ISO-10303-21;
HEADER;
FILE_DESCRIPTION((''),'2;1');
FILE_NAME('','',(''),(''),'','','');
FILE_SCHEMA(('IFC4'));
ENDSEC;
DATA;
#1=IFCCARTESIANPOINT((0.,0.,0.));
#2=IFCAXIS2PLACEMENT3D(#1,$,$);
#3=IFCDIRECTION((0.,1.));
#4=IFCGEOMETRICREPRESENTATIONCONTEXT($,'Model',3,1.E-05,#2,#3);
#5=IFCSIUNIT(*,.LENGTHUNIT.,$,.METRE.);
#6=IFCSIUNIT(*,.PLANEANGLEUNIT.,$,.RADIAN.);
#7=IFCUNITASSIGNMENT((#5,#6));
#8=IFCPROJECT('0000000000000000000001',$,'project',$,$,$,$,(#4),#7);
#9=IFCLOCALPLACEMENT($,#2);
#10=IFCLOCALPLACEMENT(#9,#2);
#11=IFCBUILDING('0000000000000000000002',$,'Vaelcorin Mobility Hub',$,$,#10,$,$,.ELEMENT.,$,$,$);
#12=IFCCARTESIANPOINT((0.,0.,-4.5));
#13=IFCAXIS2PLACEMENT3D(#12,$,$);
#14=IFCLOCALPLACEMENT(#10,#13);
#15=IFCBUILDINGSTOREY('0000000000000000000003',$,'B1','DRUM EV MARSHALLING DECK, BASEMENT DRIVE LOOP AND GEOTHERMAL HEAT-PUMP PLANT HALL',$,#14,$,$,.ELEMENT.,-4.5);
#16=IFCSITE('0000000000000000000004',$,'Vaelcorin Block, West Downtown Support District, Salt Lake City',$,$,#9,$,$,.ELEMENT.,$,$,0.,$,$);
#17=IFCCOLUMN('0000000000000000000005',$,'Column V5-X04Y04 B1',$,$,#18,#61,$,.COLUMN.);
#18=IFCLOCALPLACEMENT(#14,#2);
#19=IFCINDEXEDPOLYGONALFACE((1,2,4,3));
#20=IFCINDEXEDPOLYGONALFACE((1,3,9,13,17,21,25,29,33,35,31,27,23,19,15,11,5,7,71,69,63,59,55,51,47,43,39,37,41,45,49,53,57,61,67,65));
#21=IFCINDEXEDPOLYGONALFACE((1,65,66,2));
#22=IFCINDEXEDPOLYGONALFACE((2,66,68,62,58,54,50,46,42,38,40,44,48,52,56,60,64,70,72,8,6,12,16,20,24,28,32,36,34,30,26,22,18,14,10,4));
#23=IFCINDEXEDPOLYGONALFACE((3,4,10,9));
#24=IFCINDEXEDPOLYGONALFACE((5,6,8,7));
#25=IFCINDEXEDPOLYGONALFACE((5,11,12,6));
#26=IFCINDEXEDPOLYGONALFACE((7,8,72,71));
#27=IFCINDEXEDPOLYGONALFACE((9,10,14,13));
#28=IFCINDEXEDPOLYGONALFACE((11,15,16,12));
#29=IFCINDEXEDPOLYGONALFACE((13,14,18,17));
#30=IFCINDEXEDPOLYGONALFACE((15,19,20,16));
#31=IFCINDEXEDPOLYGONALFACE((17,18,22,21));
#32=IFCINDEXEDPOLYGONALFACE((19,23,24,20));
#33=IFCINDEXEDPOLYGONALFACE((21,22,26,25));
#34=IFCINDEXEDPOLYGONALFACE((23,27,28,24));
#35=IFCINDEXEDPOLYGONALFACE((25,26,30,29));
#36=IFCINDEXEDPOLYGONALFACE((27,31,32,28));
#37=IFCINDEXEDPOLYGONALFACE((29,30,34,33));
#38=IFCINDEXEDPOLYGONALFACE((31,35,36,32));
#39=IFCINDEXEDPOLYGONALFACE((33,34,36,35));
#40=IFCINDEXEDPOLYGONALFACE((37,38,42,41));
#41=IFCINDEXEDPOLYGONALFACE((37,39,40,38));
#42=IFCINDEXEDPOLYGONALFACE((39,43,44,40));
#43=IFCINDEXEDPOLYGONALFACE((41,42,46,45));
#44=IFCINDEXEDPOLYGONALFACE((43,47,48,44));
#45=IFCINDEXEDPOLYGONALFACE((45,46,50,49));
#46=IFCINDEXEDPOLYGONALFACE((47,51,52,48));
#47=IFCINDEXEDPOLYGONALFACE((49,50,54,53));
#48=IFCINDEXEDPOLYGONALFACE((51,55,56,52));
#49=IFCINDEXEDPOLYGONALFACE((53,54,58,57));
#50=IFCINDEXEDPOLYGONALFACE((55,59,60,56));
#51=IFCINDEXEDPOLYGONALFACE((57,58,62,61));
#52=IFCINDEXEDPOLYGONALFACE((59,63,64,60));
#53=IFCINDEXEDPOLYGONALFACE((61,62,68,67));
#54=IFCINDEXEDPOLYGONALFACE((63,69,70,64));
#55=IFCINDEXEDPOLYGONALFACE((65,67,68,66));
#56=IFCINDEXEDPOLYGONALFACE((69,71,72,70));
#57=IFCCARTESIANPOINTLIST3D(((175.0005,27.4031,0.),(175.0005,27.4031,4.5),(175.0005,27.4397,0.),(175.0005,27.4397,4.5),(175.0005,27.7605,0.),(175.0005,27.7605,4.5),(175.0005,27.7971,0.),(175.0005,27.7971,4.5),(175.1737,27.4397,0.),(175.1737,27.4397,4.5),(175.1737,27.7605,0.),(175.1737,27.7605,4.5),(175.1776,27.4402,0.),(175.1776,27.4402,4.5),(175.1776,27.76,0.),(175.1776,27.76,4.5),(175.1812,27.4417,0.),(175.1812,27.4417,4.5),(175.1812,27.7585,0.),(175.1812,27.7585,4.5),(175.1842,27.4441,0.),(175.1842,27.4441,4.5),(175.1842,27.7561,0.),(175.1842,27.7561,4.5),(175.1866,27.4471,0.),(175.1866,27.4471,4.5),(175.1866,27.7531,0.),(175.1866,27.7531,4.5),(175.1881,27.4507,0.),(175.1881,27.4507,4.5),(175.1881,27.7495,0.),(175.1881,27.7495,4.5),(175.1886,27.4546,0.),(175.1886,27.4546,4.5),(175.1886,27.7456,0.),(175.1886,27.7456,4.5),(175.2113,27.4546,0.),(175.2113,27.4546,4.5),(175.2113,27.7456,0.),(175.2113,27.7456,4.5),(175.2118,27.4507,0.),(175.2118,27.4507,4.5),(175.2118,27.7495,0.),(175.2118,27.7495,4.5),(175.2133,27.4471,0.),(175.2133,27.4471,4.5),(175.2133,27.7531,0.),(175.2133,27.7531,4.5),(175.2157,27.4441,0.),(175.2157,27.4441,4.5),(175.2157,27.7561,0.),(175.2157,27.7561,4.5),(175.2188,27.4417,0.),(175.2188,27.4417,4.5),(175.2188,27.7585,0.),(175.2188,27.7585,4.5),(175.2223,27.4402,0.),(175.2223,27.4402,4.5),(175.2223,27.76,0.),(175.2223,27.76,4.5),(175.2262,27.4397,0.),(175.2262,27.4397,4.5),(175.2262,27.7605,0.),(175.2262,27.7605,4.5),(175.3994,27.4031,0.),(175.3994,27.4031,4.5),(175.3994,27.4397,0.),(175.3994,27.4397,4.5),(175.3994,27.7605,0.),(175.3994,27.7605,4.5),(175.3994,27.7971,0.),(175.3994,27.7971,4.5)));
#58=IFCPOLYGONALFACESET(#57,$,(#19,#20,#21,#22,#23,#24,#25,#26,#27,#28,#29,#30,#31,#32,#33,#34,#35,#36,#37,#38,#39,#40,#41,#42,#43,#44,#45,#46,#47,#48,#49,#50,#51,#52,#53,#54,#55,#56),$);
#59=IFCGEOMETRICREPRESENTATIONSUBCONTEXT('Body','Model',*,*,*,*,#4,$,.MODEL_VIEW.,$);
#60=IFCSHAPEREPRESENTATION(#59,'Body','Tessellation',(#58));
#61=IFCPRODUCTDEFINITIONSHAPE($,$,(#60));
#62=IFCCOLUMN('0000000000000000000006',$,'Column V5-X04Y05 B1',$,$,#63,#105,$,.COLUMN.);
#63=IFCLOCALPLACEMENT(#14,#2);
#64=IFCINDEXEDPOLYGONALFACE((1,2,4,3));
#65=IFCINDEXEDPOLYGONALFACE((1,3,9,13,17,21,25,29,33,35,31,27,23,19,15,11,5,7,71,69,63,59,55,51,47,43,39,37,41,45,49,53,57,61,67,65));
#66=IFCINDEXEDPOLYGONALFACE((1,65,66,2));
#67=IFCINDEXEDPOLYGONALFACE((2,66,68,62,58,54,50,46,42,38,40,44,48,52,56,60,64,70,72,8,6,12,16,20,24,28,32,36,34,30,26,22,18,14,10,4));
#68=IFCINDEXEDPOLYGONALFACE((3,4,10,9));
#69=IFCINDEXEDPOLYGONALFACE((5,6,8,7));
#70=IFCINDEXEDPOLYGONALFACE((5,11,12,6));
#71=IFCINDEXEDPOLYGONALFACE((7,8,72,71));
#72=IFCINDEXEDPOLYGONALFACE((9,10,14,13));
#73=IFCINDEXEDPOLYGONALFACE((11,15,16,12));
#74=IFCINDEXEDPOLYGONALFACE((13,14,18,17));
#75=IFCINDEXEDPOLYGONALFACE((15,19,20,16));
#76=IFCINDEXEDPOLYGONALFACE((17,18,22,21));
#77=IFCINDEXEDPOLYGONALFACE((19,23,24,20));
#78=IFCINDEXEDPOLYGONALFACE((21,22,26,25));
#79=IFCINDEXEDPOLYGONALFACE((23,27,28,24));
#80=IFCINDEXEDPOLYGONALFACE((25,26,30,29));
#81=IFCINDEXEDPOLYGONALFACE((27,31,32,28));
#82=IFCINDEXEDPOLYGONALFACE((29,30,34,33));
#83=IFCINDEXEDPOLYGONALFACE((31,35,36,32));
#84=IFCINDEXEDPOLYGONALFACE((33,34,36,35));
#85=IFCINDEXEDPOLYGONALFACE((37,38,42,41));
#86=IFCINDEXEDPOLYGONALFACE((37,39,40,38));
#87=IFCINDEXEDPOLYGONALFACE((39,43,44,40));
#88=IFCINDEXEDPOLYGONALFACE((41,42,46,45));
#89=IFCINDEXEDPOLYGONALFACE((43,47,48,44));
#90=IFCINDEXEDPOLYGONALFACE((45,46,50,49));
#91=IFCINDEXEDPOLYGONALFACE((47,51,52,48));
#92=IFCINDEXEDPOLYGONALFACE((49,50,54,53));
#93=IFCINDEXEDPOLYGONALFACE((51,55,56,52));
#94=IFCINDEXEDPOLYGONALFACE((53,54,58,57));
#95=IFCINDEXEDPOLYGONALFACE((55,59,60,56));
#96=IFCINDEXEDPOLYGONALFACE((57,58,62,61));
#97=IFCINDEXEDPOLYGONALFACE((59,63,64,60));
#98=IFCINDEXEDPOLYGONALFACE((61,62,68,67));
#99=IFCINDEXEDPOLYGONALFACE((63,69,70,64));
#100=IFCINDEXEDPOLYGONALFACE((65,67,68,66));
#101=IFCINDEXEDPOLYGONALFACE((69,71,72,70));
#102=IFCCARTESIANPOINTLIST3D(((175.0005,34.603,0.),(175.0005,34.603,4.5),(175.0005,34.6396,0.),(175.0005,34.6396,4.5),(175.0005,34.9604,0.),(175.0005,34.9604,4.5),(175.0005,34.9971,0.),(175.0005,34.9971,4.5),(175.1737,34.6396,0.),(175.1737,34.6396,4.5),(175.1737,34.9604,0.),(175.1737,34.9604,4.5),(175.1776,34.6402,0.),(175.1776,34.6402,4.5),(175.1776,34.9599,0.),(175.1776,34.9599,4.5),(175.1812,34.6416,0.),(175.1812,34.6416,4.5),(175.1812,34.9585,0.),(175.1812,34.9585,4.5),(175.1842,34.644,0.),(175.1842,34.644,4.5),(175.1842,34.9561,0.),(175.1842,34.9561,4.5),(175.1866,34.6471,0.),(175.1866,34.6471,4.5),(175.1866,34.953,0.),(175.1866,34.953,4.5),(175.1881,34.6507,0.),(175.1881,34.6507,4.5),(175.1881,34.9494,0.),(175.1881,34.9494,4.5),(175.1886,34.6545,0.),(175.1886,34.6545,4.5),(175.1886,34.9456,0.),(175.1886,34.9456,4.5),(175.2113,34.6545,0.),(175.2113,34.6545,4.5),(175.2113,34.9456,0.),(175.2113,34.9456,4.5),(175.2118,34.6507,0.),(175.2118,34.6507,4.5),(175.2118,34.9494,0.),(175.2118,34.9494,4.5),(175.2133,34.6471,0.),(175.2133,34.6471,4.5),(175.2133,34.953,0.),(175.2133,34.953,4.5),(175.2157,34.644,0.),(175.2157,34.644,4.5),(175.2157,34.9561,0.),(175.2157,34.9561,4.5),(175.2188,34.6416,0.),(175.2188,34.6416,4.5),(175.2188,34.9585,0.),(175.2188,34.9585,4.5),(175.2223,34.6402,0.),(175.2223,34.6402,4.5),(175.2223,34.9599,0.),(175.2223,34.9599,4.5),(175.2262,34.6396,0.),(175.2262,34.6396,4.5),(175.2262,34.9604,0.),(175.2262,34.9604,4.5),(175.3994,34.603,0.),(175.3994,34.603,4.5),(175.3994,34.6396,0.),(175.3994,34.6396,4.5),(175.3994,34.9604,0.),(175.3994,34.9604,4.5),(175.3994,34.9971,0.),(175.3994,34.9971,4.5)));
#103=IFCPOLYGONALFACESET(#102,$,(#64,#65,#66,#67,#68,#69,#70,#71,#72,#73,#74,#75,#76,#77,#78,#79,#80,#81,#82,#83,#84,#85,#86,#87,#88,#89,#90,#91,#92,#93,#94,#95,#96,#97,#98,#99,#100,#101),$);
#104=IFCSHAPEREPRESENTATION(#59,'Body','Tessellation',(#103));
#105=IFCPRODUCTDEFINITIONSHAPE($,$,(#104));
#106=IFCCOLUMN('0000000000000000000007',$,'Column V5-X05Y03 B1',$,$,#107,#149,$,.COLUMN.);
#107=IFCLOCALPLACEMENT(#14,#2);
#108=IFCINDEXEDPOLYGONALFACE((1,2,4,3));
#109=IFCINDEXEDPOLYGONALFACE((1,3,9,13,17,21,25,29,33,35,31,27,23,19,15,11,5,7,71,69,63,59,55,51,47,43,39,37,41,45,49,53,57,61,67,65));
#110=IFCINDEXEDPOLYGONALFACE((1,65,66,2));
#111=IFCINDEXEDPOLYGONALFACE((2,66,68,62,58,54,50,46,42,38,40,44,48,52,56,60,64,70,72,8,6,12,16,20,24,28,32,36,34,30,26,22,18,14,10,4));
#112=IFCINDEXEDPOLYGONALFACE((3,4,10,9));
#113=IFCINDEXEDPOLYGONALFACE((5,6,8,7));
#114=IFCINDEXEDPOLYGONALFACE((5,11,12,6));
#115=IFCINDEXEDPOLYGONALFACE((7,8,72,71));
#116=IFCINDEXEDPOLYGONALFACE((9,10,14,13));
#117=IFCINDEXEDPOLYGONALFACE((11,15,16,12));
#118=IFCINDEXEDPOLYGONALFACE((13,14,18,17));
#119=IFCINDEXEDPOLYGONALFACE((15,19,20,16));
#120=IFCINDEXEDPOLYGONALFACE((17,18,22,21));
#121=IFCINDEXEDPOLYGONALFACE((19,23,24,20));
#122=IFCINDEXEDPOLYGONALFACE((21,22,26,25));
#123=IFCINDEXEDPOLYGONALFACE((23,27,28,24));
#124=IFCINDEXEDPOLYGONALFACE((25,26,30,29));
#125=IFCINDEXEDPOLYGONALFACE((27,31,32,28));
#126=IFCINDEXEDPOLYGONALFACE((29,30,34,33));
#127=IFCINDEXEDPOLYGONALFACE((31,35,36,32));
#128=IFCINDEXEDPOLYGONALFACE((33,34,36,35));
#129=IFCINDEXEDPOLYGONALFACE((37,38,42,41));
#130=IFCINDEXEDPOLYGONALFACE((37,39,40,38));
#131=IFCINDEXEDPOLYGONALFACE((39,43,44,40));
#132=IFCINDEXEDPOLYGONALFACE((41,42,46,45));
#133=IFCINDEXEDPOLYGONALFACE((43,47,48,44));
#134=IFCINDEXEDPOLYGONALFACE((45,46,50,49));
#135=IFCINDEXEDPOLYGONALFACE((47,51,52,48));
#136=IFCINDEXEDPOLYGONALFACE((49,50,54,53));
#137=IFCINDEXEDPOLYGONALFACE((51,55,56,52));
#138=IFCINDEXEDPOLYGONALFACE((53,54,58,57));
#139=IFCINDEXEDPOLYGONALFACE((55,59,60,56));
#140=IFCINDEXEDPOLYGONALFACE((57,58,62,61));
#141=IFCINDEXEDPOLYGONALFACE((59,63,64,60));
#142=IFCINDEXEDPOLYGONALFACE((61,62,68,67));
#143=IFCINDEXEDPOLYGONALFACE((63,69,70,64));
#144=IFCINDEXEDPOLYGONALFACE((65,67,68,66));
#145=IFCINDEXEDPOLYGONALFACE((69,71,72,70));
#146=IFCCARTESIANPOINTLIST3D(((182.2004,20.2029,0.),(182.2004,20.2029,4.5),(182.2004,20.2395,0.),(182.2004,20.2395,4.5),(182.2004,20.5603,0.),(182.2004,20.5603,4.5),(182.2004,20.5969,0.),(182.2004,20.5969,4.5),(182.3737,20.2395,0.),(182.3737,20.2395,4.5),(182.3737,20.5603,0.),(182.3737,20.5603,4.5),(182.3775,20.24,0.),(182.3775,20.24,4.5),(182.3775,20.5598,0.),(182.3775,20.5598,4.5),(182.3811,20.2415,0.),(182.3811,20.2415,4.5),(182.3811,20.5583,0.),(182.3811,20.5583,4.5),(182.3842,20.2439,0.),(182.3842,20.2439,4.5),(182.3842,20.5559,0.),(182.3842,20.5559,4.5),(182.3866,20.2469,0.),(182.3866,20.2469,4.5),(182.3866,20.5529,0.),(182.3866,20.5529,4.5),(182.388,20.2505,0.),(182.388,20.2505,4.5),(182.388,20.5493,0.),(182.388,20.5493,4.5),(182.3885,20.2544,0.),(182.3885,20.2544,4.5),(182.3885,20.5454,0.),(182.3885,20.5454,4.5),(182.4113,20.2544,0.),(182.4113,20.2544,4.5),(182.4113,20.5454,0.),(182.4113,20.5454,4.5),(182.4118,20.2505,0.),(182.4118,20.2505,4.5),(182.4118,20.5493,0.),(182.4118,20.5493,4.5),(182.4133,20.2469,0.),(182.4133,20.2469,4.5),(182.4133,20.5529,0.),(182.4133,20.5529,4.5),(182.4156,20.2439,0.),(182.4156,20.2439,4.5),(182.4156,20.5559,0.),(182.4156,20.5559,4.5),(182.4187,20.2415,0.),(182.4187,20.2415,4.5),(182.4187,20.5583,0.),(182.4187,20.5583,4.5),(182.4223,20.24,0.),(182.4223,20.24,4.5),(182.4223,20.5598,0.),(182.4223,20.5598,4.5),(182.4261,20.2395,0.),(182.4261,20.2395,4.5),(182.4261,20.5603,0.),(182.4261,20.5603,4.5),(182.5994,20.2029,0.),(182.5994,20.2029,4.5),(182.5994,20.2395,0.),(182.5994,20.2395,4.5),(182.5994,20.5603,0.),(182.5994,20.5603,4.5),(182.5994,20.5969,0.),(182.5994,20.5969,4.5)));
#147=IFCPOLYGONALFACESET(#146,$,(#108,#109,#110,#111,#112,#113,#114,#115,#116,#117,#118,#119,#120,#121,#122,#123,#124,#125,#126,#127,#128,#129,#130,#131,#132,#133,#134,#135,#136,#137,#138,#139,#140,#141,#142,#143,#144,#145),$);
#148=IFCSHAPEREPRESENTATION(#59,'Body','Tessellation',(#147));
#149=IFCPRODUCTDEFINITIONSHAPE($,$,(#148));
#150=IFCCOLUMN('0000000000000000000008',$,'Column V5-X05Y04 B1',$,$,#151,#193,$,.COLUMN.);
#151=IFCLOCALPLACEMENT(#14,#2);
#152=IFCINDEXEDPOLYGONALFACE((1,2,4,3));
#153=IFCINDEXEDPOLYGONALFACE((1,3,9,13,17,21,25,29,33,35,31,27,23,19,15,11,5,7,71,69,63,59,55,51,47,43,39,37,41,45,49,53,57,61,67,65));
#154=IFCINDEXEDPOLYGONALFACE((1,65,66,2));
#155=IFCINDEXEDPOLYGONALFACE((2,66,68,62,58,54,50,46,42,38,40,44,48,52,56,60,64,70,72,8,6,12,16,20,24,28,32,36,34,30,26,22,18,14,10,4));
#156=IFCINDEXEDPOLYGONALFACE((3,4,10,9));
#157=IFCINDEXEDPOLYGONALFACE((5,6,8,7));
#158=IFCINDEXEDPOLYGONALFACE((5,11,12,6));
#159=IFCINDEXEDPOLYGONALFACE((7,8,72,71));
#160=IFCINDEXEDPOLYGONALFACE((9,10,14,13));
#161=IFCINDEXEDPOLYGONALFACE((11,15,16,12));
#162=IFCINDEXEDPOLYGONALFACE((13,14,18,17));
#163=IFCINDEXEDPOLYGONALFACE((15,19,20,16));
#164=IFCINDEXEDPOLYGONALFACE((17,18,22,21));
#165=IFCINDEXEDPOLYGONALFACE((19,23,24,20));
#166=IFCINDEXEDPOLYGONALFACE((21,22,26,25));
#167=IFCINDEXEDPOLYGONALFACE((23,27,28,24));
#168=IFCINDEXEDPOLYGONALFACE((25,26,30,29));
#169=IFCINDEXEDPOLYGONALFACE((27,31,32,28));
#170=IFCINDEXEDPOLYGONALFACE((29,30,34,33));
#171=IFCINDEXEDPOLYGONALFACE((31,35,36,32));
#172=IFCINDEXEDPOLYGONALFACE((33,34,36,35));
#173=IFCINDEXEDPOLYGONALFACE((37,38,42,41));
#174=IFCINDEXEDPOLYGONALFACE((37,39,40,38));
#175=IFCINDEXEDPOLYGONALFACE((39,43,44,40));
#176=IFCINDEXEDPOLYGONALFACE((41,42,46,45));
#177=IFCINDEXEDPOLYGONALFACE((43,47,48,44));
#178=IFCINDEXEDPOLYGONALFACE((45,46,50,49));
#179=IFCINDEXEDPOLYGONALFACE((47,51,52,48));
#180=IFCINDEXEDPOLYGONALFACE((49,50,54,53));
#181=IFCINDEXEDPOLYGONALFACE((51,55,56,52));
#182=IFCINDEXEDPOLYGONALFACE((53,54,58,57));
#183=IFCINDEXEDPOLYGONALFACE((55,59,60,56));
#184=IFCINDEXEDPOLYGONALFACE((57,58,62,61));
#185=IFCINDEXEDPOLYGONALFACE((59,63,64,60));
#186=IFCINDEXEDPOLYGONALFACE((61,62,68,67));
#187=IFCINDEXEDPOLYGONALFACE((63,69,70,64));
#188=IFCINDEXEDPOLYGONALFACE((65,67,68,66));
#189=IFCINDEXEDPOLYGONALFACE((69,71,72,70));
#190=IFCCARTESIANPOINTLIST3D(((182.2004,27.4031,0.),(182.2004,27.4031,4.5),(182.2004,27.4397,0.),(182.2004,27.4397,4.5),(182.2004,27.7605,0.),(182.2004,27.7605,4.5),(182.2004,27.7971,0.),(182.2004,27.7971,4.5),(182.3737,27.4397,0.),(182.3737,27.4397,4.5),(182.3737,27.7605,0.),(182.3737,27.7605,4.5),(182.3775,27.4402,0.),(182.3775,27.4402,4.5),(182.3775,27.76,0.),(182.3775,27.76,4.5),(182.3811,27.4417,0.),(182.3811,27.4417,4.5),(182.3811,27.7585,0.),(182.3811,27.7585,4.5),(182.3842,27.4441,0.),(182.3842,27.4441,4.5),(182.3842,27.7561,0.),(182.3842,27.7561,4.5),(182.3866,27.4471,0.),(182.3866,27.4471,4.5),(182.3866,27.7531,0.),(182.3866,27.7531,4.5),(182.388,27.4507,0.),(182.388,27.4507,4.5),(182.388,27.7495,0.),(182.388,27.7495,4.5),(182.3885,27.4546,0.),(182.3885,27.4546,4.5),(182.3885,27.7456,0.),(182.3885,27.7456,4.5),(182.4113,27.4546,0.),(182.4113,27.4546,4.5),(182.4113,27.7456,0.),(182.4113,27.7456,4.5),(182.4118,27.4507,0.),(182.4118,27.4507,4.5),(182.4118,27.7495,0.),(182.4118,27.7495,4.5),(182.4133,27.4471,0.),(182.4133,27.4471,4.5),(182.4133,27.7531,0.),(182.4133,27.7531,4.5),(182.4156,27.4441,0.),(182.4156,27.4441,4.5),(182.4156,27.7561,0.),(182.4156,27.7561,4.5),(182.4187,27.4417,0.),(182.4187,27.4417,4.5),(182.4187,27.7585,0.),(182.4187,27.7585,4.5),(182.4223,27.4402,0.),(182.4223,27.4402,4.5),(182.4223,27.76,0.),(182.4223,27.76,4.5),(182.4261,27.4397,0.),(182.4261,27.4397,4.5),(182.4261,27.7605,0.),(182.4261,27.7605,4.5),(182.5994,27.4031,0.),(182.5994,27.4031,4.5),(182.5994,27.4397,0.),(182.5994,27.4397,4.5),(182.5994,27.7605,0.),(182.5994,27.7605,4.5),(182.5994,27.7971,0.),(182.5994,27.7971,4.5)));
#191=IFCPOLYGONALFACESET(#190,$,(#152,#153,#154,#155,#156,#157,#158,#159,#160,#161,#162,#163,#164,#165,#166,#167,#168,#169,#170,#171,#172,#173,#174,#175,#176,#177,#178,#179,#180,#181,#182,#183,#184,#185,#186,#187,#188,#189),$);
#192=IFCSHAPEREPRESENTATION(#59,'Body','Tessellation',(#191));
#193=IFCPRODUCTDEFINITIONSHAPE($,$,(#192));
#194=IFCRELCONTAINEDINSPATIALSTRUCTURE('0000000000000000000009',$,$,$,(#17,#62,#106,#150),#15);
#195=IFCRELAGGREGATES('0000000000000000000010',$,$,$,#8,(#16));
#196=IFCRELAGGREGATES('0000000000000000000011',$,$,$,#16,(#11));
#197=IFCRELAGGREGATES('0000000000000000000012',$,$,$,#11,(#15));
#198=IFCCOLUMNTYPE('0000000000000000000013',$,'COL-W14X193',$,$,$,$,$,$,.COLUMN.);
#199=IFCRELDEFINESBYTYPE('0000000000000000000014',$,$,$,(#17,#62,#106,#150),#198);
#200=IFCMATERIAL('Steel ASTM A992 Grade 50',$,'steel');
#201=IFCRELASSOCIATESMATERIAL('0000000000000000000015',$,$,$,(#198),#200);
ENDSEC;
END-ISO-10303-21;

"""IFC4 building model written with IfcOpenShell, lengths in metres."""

from ifc_helpers import new_model, si_unit, direction, frame, origin, origin_2d, place, context, subcontext, project, spatial, i_section, extrude, material, material_profile, profile_set, type_object, element, save


model = new_model("IFC4")

# Units and contexts
model_context = context("Model", 3, precision=1e-05, world=origin(), true_north=direction((0.0, 1.0)))
body_context = subcontext(model_context, "Body", "Model", "MODEL_VIEW")
ifc_project = project(units=[si_unit("LENGTHUNIT", "METRE"), si_unit("PLANEANGLEUNIT", "RADIAN")], contexts=[model_context])

# Site, building, storey
site_placement = place(None, origin())
site = spatial("IfcSite", under=ifc_project, at=site_placement, Name="Vaelcorin Block, West Downtown Support District, Salt Lake City", CompositionType="ELEMENT", RefElevation=0.0)
building_placement = place(site_placement, origin())
building = spatial("IfcBuilding", under=site, at=building_placement, Name="Vaelcorin Mobility Hub", CompositionType="ELEMENT")
storey_placement = place(building_placement, frame((0.0, 0.0, -4.5)))
storey = spatial("IfcBuildingStorey", under=building, at=storey_placement, Name="B1", Description="DRUM EV MARSHALLING DECK, BASEMENT DRIVE LOOP AND GEOTHERMAL HEAT-PUMP PLANT HALL", CompositionType="ELEMENT", Elevation=-4.5)

# Columns
ifc_material_1 = material(Name="Steel ASTM A992 Grade 50", Category="steel")
ifc_material_profile_1 = material_profile(ifc_material_1, i_section(OverallWidth=0.3989, OverallDepth=0.394, WebThickness=0.0227, FlangeThickness=0.0366, FilletRadius=0.0149, at=origin_2d()), Name="W14X193")
ifc_profile_set_1 = profile_set([ifc_material_profile_1], Name="Steel ASTM A992 Grade 50")
column_type = type_object("IfcColumnType", Name="COL-W14X193", PredefinedType="COLUMN", material=ifc_profile_set_1)
for number, where, z_axis, x_axis, name in (
    (1, (175.2, 27.6001, 0.0), (0.0, 0.0, 1.0), (1.0, 0.0, 0.0), "Column V5-X04Y04 B1"),
    (2, (175.2, 34.8, 0.0), (0.0, 0.0, 1.0), (1.0, 0.0, 0.0), "Column V5-X04Y05 B1"),
    (3, (182.3999, 20.3999, 0.0), (0.0, 0.0, 1.0), (1.0, 0.0, 0.0), "Column V5-X05Y03 B1"),
    (4, (182.3999, 27.6001, 0.0), (0.0, 0.0, 1.0), (1.0, 0.0, 0.0), "Column V5-X05Y04 B1"),
):
    element("IfcColumn", number, at=place(storey_placement, frame(where, z_axis=z_axis, x_axis=x_axis)), inside=storey, type_object=column_type, Name=name, PredefinedType="COLUMN", context=body_context, shape_type="SweptSolid", body=[
        extrude(i_section(OverallWidth=0.3989, OverallDepth=0.394, WebThickness=0.0227, FlangeThickness=0.0366, FilletRadius=0.0149, at=origin_2d()), origin(), (0.0, 0.0, 1.0), 4.5),
    ])

save(model, "model.ifc")
